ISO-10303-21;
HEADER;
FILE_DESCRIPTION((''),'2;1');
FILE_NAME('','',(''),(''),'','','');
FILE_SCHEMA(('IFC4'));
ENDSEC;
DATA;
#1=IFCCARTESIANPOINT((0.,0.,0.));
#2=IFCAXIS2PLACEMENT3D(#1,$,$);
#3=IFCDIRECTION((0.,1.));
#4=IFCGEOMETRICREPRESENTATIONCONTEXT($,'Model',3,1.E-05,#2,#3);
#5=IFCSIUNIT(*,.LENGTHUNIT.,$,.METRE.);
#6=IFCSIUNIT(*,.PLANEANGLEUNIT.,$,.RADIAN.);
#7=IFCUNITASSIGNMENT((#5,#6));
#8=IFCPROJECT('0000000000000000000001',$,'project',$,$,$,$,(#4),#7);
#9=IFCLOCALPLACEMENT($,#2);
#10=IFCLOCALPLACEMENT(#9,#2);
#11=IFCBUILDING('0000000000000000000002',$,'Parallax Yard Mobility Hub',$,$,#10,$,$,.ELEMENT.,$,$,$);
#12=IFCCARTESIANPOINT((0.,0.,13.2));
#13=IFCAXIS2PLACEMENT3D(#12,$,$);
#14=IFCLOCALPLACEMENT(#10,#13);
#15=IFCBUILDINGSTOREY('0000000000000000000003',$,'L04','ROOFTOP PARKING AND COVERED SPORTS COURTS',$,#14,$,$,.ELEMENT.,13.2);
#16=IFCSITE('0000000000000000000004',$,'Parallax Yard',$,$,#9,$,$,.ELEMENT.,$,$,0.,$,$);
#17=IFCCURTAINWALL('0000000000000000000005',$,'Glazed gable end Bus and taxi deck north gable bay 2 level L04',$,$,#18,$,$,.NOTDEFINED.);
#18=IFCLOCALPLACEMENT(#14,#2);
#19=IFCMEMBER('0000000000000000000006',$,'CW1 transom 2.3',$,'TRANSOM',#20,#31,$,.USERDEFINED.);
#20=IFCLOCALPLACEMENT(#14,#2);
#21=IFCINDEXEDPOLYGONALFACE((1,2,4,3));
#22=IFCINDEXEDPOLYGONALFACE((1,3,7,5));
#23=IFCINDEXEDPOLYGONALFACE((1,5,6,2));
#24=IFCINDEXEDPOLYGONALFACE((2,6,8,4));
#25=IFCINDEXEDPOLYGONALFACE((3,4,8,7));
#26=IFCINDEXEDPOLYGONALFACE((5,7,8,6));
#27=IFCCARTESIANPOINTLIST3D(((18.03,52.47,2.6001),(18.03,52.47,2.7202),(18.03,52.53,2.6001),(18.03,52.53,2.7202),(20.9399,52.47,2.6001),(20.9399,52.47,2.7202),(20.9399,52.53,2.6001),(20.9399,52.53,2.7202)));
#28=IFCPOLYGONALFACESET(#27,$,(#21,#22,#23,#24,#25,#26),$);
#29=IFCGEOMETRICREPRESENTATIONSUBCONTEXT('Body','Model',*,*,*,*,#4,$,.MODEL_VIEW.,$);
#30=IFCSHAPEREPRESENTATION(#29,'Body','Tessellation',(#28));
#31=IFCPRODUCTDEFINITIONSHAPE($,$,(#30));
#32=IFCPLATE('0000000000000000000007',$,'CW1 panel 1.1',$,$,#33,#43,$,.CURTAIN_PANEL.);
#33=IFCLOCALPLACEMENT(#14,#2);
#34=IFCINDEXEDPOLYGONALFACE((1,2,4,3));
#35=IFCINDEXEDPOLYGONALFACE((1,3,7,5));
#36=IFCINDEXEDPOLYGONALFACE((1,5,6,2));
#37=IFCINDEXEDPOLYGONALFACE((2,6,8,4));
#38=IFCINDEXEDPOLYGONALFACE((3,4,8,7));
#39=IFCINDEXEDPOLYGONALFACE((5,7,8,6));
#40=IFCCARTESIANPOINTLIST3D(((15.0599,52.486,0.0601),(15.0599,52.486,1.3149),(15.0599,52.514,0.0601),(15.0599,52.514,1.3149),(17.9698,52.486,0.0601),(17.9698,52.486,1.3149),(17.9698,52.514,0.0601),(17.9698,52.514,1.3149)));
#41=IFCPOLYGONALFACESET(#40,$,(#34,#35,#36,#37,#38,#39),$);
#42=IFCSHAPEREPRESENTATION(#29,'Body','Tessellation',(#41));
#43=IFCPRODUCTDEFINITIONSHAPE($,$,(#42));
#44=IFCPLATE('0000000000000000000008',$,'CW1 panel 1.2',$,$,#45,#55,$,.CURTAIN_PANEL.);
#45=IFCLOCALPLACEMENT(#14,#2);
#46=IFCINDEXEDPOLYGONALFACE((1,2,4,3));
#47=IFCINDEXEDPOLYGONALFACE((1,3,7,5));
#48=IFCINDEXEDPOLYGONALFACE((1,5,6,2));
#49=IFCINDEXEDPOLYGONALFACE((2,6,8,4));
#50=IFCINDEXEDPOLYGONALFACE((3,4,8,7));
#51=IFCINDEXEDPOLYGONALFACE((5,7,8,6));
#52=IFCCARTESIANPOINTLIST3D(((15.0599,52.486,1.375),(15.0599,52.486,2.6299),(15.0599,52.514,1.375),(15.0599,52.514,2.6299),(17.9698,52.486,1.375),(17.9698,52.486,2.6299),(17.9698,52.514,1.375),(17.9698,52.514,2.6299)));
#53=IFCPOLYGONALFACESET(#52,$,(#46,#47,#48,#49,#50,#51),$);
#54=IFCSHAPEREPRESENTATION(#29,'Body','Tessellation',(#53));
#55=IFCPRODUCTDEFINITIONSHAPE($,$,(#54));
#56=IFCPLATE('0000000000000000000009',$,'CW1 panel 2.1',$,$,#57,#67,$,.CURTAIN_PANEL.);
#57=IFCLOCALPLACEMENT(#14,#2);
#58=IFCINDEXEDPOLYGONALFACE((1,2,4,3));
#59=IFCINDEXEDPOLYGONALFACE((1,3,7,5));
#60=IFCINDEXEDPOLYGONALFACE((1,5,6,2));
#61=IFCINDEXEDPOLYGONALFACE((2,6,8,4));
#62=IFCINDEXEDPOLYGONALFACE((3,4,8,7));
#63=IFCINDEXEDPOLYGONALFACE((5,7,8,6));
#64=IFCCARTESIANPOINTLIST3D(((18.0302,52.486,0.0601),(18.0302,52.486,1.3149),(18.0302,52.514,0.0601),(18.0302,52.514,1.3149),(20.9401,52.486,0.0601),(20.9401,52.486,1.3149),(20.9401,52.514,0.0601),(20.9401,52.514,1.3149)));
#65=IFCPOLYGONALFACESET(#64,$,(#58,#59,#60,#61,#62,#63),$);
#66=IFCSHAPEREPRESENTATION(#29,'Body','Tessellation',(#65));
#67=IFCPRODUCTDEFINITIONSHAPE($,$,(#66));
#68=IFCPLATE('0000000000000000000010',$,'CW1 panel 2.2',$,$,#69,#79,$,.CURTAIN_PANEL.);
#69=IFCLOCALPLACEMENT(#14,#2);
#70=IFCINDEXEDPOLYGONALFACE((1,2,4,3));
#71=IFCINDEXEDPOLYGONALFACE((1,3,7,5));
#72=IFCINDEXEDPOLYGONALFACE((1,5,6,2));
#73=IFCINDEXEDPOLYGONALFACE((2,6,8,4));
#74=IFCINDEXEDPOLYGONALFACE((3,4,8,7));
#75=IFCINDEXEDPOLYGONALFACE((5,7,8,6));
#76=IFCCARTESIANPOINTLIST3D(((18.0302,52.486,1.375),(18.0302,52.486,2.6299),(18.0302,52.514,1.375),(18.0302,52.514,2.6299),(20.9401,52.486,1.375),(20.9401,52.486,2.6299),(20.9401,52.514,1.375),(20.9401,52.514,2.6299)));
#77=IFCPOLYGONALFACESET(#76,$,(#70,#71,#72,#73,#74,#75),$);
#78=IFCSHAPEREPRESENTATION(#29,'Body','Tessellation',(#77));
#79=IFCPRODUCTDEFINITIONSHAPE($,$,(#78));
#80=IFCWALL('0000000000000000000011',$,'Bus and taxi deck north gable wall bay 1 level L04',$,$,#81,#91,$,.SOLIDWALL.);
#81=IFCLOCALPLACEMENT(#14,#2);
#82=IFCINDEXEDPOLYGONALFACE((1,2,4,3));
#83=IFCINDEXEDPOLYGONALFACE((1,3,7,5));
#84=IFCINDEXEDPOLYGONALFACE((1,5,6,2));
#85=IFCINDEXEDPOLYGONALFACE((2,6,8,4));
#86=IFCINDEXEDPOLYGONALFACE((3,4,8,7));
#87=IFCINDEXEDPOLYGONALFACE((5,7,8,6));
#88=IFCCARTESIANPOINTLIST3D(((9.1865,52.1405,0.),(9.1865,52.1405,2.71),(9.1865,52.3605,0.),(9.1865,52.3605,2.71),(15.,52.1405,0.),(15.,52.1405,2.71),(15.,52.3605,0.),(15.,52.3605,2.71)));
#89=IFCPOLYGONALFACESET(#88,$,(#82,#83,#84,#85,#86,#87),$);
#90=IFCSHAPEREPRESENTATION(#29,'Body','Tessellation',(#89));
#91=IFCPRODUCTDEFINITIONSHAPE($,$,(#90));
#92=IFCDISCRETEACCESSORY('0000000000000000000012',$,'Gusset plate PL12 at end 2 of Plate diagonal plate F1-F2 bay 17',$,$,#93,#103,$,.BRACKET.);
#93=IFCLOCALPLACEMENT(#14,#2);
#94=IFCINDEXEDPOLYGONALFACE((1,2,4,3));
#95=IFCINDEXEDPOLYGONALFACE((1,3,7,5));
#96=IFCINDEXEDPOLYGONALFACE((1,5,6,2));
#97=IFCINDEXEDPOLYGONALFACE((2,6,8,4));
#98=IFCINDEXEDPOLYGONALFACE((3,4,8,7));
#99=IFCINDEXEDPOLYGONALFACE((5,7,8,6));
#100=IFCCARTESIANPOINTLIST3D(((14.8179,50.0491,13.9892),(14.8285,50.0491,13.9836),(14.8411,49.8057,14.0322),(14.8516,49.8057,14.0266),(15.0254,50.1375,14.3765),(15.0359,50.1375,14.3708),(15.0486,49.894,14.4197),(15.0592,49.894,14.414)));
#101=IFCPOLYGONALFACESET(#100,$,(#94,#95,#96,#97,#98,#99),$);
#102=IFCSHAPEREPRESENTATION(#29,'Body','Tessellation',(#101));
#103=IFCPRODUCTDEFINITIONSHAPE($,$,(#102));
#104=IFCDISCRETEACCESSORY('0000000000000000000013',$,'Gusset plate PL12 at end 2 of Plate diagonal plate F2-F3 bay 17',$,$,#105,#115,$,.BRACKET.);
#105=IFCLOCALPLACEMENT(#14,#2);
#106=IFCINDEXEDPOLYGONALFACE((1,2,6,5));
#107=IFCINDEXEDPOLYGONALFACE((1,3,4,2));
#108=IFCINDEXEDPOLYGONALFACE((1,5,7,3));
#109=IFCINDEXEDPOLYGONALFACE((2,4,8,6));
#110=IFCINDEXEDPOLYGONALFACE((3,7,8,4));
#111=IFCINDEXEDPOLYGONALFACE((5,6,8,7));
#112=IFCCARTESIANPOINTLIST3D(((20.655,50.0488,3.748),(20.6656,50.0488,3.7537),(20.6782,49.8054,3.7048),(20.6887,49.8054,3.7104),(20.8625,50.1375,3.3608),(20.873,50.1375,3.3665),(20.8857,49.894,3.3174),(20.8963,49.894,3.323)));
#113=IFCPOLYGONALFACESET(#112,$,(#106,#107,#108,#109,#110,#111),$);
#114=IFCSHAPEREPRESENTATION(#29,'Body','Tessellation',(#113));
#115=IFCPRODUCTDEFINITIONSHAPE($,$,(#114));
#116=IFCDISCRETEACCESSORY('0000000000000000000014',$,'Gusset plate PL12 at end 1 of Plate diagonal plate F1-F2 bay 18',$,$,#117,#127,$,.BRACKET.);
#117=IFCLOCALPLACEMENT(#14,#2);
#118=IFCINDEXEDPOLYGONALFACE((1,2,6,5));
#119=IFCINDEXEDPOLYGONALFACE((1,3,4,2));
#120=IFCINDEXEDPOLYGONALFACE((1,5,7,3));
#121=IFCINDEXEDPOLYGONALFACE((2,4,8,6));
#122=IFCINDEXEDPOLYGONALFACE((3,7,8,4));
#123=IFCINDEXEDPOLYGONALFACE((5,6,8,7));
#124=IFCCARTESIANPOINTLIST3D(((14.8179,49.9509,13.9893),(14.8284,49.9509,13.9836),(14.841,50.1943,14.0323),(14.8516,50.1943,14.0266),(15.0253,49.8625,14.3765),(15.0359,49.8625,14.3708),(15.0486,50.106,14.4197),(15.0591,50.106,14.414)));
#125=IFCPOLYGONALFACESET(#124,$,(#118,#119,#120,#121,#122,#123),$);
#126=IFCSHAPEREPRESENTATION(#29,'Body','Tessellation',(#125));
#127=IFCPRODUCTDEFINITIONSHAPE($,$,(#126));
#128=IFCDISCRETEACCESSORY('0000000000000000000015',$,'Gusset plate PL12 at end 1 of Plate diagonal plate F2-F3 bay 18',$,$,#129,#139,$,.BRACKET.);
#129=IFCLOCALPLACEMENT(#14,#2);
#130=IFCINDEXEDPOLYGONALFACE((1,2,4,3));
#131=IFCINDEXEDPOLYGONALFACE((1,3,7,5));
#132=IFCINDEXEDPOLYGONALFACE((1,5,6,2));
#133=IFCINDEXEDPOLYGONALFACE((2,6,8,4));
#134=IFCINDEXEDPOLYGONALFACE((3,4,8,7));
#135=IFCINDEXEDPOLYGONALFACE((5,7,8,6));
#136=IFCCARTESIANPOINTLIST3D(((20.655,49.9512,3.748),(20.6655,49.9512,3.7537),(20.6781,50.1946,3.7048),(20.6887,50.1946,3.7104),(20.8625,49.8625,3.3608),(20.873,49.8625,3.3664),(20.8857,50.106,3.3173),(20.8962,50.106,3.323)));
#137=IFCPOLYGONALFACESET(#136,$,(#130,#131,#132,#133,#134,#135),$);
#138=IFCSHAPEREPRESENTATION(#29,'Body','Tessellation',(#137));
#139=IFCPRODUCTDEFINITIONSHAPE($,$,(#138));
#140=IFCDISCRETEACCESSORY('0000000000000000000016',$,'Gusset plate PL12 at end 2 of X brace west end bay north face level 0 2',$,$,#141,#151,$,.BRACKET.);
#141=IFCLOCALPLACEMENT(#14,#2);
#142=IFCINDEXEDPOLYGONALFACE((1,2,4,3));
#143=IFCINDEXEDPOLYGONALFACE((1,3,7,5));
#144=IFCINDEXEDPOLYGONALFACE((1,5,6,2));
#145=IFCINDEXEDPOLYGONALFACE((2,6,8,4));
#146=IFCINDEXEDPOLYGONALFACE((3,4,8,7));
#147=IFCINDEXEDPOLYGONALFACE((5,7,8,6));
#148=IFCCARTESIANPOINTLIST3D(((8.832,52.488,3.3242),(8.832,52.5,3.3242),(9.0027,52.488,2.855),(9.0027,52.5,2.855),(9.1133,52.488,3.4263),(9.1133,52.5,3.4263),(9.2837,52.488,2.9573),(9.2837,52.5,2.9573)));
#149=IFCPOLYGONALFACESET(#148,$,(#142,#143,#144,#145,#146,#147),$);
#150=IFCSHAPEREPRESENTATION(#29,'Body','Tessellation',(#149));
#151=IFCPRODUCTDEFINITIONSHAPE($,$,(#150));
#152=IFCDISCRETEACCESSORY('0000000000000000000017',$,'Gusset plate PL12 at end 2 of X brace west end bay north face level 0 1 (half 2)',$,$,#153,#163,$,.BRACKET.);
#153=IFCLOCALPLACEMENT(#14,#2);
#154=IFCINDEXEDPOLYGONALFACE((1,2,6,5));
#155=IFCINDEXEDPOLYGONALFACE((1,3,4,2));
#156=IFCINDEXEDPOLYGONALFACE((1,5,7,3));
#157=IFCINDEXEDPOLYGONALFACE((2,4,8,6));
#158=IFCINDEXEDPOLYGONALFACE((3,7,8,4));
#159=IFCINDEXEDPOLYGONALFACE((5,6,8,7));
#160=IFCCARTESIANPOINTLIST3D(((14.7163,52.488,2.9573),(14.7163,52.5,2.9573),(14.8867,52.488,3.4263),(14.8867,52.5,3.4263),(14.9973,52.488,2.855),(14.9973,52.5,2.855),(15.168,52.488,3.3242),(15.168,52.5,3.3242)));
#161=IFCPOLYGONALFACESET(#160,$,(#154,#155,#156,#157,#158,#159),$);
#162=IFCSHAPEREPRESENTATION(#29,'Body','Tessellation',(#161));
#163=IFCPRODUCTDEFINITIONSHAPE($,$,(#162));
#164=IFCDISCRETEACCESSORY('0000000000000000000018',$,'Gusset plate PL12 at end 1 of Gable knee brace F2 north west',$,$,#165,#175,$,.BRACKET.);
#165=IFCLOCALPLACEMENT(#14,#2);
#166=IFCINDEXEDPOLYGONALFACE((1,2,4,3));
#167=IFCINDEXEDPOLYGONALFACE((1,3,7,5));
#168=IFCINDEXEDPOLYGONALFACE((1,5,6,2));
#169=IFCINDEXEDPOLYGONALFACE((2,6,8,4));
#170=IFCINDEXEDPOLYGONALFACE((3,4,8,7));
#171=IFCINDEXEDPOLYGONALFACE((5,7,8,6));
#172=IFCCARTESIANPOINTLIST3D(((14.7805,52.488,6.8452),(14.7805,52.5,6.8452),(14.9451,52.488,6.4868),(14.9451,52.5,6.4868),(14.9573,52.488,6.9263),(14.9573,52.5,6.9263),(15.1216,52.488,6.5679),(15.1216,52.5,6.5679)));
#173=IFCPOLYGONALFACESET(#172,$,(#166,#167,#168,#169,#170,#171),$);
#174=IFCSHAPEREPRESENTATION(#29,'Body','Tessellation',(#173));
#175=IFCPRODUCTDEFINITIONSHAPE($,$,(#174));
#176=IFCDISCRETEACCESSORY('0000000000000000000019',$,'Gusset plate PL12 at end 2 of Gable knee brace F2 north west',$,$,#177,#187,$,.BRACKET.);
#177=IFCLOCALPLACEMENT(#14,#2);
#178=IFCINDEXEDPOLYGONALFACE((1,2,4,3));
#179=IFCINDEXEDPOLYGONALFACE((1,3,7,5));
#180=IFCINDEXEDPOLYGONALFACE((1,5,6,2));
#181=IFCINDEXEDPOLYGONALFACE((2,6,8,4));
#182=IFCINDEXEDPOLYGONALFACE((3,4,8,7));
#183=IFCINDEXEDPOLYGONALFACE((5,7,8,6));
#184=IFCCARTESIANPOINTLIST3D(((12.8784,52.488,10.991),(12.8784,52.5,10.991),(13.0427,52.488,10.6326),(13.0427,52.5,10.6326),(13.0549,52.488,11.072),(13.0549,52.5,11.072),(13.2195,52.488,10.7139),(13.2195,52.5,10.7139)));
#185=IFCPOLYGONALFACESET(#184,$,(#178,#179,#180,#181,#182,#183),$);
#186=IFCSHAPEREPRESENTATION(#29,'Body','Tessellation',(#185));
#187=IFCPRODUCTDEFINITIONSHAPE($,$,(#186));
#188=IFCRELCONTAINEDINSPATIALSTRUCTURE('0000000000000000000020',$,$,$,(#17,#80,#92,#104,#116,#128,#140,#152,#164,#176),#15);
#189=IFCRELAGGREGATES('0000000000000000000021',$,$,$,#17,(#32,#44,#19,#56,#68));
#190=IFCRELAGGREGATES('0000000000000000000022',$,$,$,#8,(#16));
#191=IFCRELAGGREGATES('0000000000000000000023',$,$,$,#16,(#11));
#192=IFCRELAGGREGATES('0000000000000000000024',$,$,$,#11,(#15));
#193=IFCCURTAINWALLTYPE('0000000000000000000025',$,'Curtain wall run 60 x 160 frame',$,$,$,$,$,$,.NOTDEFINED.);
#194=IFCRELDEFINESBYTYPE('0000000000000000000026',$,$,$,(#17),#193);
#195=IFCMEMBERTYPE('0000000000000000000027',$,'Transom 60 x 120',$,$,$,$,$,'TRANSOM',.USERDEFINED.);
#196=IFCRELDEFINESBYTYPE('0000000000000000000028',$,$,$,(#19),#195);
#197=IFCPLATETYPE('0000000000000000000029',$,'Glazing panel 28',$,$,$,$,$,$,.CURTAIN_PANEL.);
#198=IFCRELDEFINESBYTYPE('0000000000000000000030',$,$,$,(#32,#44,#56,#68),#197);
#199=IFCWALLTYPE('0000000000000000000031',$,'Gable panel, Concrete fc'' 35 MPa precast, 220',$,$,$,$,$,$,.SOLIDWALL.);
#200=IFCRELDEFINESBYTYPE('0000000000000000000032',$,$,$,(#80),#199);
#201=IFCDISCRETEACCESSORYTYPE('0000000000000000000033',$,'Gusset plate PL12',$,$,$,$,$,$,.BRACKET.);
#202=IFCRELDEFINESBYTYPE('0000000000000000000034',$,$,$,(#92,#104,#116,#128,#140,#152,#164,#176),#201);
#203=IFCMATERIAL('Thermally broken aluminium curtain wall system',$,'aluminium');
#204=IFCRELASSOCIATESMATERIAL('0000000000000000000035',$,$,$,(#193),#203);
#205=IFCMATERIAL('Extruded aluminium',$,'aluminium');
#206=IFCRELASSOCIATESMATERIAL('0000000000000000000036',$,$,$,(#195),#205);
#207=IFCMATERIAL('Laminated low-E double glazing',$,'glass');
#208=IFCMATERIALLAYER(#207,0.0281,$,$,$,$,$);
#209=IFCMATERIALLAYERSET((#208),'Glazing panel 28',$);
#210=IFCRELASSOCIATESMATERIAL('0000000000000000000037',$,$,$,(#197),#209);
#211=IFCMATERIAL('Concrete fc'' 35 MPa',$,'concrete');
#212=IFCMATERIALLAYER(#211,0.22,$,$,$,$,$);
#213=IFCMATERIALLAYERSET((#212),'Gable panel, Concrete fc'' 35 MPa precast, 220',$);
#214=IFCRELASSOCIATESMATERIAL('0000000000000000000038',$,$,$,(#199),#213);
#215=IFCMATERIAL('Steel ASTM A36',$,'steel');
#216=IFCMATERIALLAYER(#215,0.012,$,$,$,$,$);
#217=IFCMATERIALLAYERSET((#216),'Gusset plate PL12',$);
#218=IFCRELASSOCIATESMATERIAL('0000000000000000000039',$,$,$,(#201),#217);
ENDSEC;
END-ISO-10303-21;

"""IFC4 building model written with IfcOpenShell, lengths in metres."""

from ifc_helpers import new_model, si_unit, direction, frame, frame_2d, origin, origin_2d, place, context, subcontext, project, spatial, polyline, rectangle, outline, extrude, material, layer, layer_set, material_profile, profile_set, type_object, element, aggregate, save


model = new_model("IFC4")

# Units and contexts
model_context = context("Model", 3, precision=1e-05, world=origin(), true_north=direction((0.0, 1.0)))
body_context = subcontext(model_context, "Body", "Model", "MODEL_VIEW")
ifc_project = project(units=[si_unit("LENGTHUNIT", "METRE"), si_unit("PLANEANGLEUNIT", "RADIAN")], contexts=[model_context])

# Site, building, storey
site_placement = place(None, origin())
site = spatial("IfcSite", under=ifc_project, at=site_placement, Name="Parallax Yard", CompositionType="ELEMENT", RefElevation=0.0)
building_placement = place(site_placement, origin())
building = spatial("IfcBuilding", under=site, at=building_placement, Name="Parallax Yard Mobility Hub", CompositionType="ELEMENT")
storey_placement = place(building_placement, frame((0.0, 0.0, 13.2)))
storey = spatial("IfcBuildingStorey", under=building, at=storey_placement, Name="L04", Description="ROOFTOP PARKING AND COVERED SPORTS COURTS", CompositionType="ELEMENT", Elevation=13.2)

# Curtain wall
ifc_material_1 = material(Name="Thermally broken aluminium curtain wall system", Category="aluminium")
curtain_wall_type = type_object("IfcCurtainWallType", Name="Curtain wall run 60 x 160 frame", PredefinedType="NOTDEFINED", material=ifc_material_1)
curtain_wall_placement = place(storey_placement, origin())
curtain_wall = element("IfcCurtainWall", 1, at=curtain_wall_placement, inside=storey, type_object=curtain_wall_type, Name="Glazed gable end Bus and taxi deck north gable bay 2 level L04", PredefinedType="NOTDEFINED")
ifc_material_2 = material(Name="Extruded aluminium", Category="aluminium")

# Member
ifc_material_profile_1 = material_profile(ifc_material_2, rectangle(XDim=0.0601, YDim=0.1201, at=origin_2d()), Name="Transom 60 x 120")
ifc_profile_set_1 = profile_set([ifc_material_profile_1], Name="Extruded aluminium")
member_type_1 = type_object("IfcMemberType", Name="Transom 60 x 120", ElementType="TRANSOM", PredefinedType="USERDEFINED", material=ifc_profile_set_1)
member_1_placement = place(storey_placement, frame((18.03, 52.5, 2.6602), z_axis=(1.0, 0.0, 0.0), x_axis=(0.0, 1.0, 0.0)))
member_1 = element("IfcMember", 2, at=member_1_placement, type_object=member_type_1, Name="CW1 transom 2.3", ObjectType="TRANSOM", PredefinedType="USERDEFINED", context=body_context, shape_type="SweptSolid", body=[
    extrude(rectangle(XDim=0.0601, YDim=0.1201, at=origin_2d()), origin(), (0.0, 0.0, 1.0), 2.9099),
])

# Plates
ifc_material_3 = material(Name="Laminated low-E double glazing", Category="glass")
ifc_layer_1 = layer(ifc_material_3, 0.0281)
ifc_layer_set_1 = layer_set([ifc_layer_1], Name="Glazing panel 28")
plate_type = type_object("IfcPlateType", Name="Glazing panel 28", PredefinedType="CURTAIN_PANEL", material=ifc_layer_set_1)
plate_1_placement = place(storey_placement, frame((16.5149, 52.5, 0.0601), z_axis=(0.0, 0.0, 1.0), x_axis=(1.0, 0.0, 0.0)))
plate_1 = element("IfcPlate", 3, at=plate_1_placement, type_object=plate_type, Name="CW1 panel 1.1", PredefinedType="CURTAIN_PANEL", context=body_context, shape_type="SweptSolid", body=[
    extrude(rectangle(XDim=2.9099, YDim=0.0281, at=origin_2d()), origin(), (0.0, 0.0, 1.0), 1.2549),
])
plate_2_placement = place(storey_placement, frame((16.5149, 52.5, 1.375), z_axis=(0.0, 0.0, 1.0), x_axis=(1.0, 0.0, 0.0)))
plate_2 = element("IfcPlate", 4, at=plate_2_placement, type_object=plate_type, Name="CW1 panel 1.2", PredefinedType="CURTAIN_PANEL", context=body_context, shape_type="SweptSolid", body=[
    extrude(rectangle(XDim=2.9099, YDim=0.0281, at=origin_2d()), origin(), (0.0, 0.0, 1.0), 1.2549),
])
plate_3_placement = place(storey_placement, frame((19.4851, 52.5, 0.0601), z_axis=(0.0, 0.0, 1.0), x_axis=(1.0, 0.0, 0.0)))
plate_3 = element("IfcPlate", 5, at=plate_3_placement, type_object=plate_type, Name="CW1 panel 2.1", PredefinedType="CURTAIN_PANEL", context=body_context, shape_type="SweptSolid", body=[
    extrude(rectangle(XDim=2.9099, YDim=0.0281, at=origin_2d()), origin(), (0.0, 0.0, 1.0), 1.2549),
])
plate_4_placement = place(storey_placement, frame((19.4851, 52.5, 1.375), z_axis=(0.0, 0.0, 1.0), x_axis=(1.0, 0.0, 0.0)))
plate_4 = element("IfcPlate", 6, at=plate_4_placement, type_object=plate_type, Name="CW1 panel 2.2", PredefinedType="CURTAIN_PANEL", context=body_context, shape_type="SweptSolid", body=[
    extrude(rectangle(XDim=2.9099, YDim=0.0281, at=origin_2d()), origin(), (0.0, 0.0, 1.0), 1.2549),
])
aggregate(curtain_wall, [plate_1, plate_2, member_1, plate_3, plate_4])

# Wall
ifc_material_4 = material(Name="Concrete fc' 35 MPa", Category="concrete")
ifc_layer_2 = layer(ifc_material_4, 0.22)
ifc_layer_set_2 = layer_set([ifc_layer_2], Name="Gable panel, Concrete fc' 35 MPa precast, 220")
wall_type = type_object("IfcWallType", Name="Gable panel, Concrete fc' 35 MPa precast, 220", PredefinedType="SOLIDWALL", material=ifc_layer_set_2)
wall_placement = place(storey_placement, frame((9.1865, 52.2505, 0.0), z_axis=(0.0, 0.0, 1.0), x_axis=(1.0, 0.0, 0.0)))
element("IfcWall", 7, at=wall_placement, inside=storey, type_object=wall_type, Name="Bus and taxi deck north gable wall bay 1 level L04", PredefinedType="SOLIDWALL", context=body_context, shape_type="SweptSolid", body=[
    extrude(rectangle(XDim=5.8135, YDim=0.22, at=frame_2d((2.9067, 0.0))), origin(), (0.0, 0.0, 1.0), 2.71),
])

# Discrete accessories
ifc_material_5 = material(Name="Steel ASTM A36", Category="steel")
ifc_layer_3 = layer(ifc_material_5, 0.012)
ifc_layer_set_3 = layer_set([ifc_layer_3], Name="Gusset plate PL12")
discrete_accessory_type = type_object("IfcDiscreteAccessoryType", Name="Gusset plate PL12", PredefinedType="BRACKET", material=ifc_layer_set_3)
discrete_accessory_1_placement = place(storey_placement, frame((14.8411, 49.8057, 14.0322), z_axis=(-0.881424, -0.000371, 0.472326), x_axis=(0.462993, 0.197132, 0.864162)))
element("IfcDiscreteAccessory", 8, at=discrete_accessory_1_placement, inside=storey, type_object=discrete_accessory_type, Name="Gusset plate PL12 at end 2 of Plate diagonal plate F1-F2 bay 17", PredefinedType="BRACKET", context=body_context, shape_type="SweptSolid", body=[
    extrude(outline(polyline([(0.0, 0.0), (0.4483, 0.0), (0.4482, 0.2483), (0.0001, 0.2483), (0.0, 0.0)])), origin(), (0.0, 0.0, -1.0), 0.012),
])
discrete_accessory_2_placement = place(storey_placement, frame((20.6887, 49.8054, 3.7104), z_axis=(0.881467, -0.000084, 0.472245), x_axis=(0.462943, 0.197655, -0.864069)))
element("IfcDiscreteAccessory", 9, at=discrete_accessory_2_placement, inside=storey, type_object=discrete_accessory_type, Name="Gusset plate PL12 at end 2 of Plate diagonal plate F2-F3 bay 17", PredefinedType="BRACKET", context=body_context, shape_type="SweptSolid", body=[
    extrude(outline(polyline([(0.0, 0.0), (0.4484, 0.0), (0.4482, 0.2483), (0.0, 0.2483), (0.0, 0.0)])), origin(), (0.0, 0.0, -1.0), 0.012),
])
discrete_accessory_3_placement = place(storey_placement, frame((14.8179, 49.9509, 13.9893), z_axis=(-0.881424, 0.000371, 0.472326), x_axis=(0.462984, -0.197225, 0.864146)))
element("IfcDiscreteAccessory", 10, at=discrete_accessory_3_placement, inside=storey, type_object=discrete_accessory_type, Name="Gusset plate PL12 at end 1 of Plate diagonal plate F1-F2 bay 18", PredefinedType="BRACKET", context=body_context, shape_type="SweptSolid", body=[
    extrude(outline(polyline([(0.0, 0.0), (0.4481, 0.0), (0.4482, 0.2483), (-0.0001, 0.2483), (0.0, 0.0)])), origin(), (0.0, 0.0, -1.0), 0.012),
])
discrete_accessory_4_placement = place(storey_placement, frame((20.6655, 49.9512, 3.7537), z_axis=(0.881467, 0.000084, 0.472245), x_axis=(0.462934, -0.197749, -0.864053)))
element("IfcDiscreteAccessory", 11, at=discrete_accessory_4_placement, inside=storey, type_object=discrete_accessory_type, Name="Gusset plate PL12 at end 1 of Plate diagonal plate F2-F3 bay 18", PredefinedType="BRACKET", context=body_context, shape_type="SweptSolid", body=[
    extrude(outline(polyline([(0.0, 0.0), (0.4482, 0.0), (0.4483, 0.2483), (-0.0001, 0.2483), (0.0, 0.0)])), origin(), (0.0, 0.0, -1.0), 0.012),
])
discrete_accessory_5_placement = place(storey_placement, frame((9.0027, 52.5, 2.855), z_axis=(0.0, 1.0, 0.0), x_axis=(-0.341782, 0.0, 0.939779)))
element("IfcDiscreteAccessory", 12, at=discrete_accessory_5_placement, inside=storey, type_object=discrete_accessory_type, Name="Gusset plate PL12 at end 2 of X brace west end bay north face level 0 2", PredefinedType="BRACKET", context=body_context, shape_type="SweptSolid", body=[
    extrude(outline(polyline([(0.0, 0.0), (0.4993, 0.0), (0.4991, 0.2992), (0.0001, 0.299), (0.0, 0.0)])), origin(), (0.0, 0.0, -1.0), 0.012),
])
discrete_accessory_6_placement = place(storey_placement, frame((14.7163, 52.5, 2.9573), z_axis=(0.0, 1.0, 0.0), x_axis=(0.341507, 0.0, 0.939879)))
element("IfcDiscreteAccessory", 13, at=discrete_accessory_6_placement, inside=storey, type_object=discrete_accessory_type, Name="Gusset plate PL12 at end 2 of X brace west end bay north face level 0 1 (half 2)", PredefinedType="BRACKET", context=body_context, shape_type="SweptSolid", body=[
    extrude(outline(polyline([(0.0, 0.0), (0.499, 0.0), (0.4991, 0.2992), (-0.0002, 0.299), (0.0, 0.0)])), origin(), (0.0, 0.0, -1.0), 0.012),
])
discrete_accessory_7_placement = place(storey_placement, frame((14.9573, 52.5, 6.9263), z_axis=(0.0, 1.0, 0.0), x_axis=(0.41674, 0.0, -0.909026)))
element("IfcDiscreteAccessory", 14, at=discrete_accessory_7_placement, inside=storey, type_object=discrete_accessory_type, Name="Gusset plate PL12 at end 1 of Gable knee brace F2 north west", PredefinedType="BRACKET", context=body_context, shape_type="SweptSolid", body=[
    extrude(outline(polyline([(0.0, 0.0), (0.3943, 0.0), (0.3944, 0.1942), (0.0, 0.1945), (0.0, 0.0)])), origin(), (0.0, 0.0, -1.0), 0.012),
])
discrete_accessory_8_placement = place(storey_placement, frame((13.0427, 52.5, 10.6326), z_axis=(0.0, 1.0, 0.0), x_axis=(-0.41674, 0.0, 0.909026)))
element("IfcDiscreteAccessory", 15, at=discrete_accessory_8_placement, inside=storey, type_object=discrete_accessory_type, Name="Gusset plate PL12 at end 2 of Gable knee brace F2 north west", PredefinedType="BRACKET", context=body_context, shape_type="SweptSolid", body=[
    extrude(outline(polyline([(0.0, 0.0), (0.3943, 0.0), (0.3944, 0.1942), (0.0002, 0.1946), (0.0, 0.0)])), origin(), (0.0, 0.0, -1.0), 0.012),
])

save(model, "model.ifc")
